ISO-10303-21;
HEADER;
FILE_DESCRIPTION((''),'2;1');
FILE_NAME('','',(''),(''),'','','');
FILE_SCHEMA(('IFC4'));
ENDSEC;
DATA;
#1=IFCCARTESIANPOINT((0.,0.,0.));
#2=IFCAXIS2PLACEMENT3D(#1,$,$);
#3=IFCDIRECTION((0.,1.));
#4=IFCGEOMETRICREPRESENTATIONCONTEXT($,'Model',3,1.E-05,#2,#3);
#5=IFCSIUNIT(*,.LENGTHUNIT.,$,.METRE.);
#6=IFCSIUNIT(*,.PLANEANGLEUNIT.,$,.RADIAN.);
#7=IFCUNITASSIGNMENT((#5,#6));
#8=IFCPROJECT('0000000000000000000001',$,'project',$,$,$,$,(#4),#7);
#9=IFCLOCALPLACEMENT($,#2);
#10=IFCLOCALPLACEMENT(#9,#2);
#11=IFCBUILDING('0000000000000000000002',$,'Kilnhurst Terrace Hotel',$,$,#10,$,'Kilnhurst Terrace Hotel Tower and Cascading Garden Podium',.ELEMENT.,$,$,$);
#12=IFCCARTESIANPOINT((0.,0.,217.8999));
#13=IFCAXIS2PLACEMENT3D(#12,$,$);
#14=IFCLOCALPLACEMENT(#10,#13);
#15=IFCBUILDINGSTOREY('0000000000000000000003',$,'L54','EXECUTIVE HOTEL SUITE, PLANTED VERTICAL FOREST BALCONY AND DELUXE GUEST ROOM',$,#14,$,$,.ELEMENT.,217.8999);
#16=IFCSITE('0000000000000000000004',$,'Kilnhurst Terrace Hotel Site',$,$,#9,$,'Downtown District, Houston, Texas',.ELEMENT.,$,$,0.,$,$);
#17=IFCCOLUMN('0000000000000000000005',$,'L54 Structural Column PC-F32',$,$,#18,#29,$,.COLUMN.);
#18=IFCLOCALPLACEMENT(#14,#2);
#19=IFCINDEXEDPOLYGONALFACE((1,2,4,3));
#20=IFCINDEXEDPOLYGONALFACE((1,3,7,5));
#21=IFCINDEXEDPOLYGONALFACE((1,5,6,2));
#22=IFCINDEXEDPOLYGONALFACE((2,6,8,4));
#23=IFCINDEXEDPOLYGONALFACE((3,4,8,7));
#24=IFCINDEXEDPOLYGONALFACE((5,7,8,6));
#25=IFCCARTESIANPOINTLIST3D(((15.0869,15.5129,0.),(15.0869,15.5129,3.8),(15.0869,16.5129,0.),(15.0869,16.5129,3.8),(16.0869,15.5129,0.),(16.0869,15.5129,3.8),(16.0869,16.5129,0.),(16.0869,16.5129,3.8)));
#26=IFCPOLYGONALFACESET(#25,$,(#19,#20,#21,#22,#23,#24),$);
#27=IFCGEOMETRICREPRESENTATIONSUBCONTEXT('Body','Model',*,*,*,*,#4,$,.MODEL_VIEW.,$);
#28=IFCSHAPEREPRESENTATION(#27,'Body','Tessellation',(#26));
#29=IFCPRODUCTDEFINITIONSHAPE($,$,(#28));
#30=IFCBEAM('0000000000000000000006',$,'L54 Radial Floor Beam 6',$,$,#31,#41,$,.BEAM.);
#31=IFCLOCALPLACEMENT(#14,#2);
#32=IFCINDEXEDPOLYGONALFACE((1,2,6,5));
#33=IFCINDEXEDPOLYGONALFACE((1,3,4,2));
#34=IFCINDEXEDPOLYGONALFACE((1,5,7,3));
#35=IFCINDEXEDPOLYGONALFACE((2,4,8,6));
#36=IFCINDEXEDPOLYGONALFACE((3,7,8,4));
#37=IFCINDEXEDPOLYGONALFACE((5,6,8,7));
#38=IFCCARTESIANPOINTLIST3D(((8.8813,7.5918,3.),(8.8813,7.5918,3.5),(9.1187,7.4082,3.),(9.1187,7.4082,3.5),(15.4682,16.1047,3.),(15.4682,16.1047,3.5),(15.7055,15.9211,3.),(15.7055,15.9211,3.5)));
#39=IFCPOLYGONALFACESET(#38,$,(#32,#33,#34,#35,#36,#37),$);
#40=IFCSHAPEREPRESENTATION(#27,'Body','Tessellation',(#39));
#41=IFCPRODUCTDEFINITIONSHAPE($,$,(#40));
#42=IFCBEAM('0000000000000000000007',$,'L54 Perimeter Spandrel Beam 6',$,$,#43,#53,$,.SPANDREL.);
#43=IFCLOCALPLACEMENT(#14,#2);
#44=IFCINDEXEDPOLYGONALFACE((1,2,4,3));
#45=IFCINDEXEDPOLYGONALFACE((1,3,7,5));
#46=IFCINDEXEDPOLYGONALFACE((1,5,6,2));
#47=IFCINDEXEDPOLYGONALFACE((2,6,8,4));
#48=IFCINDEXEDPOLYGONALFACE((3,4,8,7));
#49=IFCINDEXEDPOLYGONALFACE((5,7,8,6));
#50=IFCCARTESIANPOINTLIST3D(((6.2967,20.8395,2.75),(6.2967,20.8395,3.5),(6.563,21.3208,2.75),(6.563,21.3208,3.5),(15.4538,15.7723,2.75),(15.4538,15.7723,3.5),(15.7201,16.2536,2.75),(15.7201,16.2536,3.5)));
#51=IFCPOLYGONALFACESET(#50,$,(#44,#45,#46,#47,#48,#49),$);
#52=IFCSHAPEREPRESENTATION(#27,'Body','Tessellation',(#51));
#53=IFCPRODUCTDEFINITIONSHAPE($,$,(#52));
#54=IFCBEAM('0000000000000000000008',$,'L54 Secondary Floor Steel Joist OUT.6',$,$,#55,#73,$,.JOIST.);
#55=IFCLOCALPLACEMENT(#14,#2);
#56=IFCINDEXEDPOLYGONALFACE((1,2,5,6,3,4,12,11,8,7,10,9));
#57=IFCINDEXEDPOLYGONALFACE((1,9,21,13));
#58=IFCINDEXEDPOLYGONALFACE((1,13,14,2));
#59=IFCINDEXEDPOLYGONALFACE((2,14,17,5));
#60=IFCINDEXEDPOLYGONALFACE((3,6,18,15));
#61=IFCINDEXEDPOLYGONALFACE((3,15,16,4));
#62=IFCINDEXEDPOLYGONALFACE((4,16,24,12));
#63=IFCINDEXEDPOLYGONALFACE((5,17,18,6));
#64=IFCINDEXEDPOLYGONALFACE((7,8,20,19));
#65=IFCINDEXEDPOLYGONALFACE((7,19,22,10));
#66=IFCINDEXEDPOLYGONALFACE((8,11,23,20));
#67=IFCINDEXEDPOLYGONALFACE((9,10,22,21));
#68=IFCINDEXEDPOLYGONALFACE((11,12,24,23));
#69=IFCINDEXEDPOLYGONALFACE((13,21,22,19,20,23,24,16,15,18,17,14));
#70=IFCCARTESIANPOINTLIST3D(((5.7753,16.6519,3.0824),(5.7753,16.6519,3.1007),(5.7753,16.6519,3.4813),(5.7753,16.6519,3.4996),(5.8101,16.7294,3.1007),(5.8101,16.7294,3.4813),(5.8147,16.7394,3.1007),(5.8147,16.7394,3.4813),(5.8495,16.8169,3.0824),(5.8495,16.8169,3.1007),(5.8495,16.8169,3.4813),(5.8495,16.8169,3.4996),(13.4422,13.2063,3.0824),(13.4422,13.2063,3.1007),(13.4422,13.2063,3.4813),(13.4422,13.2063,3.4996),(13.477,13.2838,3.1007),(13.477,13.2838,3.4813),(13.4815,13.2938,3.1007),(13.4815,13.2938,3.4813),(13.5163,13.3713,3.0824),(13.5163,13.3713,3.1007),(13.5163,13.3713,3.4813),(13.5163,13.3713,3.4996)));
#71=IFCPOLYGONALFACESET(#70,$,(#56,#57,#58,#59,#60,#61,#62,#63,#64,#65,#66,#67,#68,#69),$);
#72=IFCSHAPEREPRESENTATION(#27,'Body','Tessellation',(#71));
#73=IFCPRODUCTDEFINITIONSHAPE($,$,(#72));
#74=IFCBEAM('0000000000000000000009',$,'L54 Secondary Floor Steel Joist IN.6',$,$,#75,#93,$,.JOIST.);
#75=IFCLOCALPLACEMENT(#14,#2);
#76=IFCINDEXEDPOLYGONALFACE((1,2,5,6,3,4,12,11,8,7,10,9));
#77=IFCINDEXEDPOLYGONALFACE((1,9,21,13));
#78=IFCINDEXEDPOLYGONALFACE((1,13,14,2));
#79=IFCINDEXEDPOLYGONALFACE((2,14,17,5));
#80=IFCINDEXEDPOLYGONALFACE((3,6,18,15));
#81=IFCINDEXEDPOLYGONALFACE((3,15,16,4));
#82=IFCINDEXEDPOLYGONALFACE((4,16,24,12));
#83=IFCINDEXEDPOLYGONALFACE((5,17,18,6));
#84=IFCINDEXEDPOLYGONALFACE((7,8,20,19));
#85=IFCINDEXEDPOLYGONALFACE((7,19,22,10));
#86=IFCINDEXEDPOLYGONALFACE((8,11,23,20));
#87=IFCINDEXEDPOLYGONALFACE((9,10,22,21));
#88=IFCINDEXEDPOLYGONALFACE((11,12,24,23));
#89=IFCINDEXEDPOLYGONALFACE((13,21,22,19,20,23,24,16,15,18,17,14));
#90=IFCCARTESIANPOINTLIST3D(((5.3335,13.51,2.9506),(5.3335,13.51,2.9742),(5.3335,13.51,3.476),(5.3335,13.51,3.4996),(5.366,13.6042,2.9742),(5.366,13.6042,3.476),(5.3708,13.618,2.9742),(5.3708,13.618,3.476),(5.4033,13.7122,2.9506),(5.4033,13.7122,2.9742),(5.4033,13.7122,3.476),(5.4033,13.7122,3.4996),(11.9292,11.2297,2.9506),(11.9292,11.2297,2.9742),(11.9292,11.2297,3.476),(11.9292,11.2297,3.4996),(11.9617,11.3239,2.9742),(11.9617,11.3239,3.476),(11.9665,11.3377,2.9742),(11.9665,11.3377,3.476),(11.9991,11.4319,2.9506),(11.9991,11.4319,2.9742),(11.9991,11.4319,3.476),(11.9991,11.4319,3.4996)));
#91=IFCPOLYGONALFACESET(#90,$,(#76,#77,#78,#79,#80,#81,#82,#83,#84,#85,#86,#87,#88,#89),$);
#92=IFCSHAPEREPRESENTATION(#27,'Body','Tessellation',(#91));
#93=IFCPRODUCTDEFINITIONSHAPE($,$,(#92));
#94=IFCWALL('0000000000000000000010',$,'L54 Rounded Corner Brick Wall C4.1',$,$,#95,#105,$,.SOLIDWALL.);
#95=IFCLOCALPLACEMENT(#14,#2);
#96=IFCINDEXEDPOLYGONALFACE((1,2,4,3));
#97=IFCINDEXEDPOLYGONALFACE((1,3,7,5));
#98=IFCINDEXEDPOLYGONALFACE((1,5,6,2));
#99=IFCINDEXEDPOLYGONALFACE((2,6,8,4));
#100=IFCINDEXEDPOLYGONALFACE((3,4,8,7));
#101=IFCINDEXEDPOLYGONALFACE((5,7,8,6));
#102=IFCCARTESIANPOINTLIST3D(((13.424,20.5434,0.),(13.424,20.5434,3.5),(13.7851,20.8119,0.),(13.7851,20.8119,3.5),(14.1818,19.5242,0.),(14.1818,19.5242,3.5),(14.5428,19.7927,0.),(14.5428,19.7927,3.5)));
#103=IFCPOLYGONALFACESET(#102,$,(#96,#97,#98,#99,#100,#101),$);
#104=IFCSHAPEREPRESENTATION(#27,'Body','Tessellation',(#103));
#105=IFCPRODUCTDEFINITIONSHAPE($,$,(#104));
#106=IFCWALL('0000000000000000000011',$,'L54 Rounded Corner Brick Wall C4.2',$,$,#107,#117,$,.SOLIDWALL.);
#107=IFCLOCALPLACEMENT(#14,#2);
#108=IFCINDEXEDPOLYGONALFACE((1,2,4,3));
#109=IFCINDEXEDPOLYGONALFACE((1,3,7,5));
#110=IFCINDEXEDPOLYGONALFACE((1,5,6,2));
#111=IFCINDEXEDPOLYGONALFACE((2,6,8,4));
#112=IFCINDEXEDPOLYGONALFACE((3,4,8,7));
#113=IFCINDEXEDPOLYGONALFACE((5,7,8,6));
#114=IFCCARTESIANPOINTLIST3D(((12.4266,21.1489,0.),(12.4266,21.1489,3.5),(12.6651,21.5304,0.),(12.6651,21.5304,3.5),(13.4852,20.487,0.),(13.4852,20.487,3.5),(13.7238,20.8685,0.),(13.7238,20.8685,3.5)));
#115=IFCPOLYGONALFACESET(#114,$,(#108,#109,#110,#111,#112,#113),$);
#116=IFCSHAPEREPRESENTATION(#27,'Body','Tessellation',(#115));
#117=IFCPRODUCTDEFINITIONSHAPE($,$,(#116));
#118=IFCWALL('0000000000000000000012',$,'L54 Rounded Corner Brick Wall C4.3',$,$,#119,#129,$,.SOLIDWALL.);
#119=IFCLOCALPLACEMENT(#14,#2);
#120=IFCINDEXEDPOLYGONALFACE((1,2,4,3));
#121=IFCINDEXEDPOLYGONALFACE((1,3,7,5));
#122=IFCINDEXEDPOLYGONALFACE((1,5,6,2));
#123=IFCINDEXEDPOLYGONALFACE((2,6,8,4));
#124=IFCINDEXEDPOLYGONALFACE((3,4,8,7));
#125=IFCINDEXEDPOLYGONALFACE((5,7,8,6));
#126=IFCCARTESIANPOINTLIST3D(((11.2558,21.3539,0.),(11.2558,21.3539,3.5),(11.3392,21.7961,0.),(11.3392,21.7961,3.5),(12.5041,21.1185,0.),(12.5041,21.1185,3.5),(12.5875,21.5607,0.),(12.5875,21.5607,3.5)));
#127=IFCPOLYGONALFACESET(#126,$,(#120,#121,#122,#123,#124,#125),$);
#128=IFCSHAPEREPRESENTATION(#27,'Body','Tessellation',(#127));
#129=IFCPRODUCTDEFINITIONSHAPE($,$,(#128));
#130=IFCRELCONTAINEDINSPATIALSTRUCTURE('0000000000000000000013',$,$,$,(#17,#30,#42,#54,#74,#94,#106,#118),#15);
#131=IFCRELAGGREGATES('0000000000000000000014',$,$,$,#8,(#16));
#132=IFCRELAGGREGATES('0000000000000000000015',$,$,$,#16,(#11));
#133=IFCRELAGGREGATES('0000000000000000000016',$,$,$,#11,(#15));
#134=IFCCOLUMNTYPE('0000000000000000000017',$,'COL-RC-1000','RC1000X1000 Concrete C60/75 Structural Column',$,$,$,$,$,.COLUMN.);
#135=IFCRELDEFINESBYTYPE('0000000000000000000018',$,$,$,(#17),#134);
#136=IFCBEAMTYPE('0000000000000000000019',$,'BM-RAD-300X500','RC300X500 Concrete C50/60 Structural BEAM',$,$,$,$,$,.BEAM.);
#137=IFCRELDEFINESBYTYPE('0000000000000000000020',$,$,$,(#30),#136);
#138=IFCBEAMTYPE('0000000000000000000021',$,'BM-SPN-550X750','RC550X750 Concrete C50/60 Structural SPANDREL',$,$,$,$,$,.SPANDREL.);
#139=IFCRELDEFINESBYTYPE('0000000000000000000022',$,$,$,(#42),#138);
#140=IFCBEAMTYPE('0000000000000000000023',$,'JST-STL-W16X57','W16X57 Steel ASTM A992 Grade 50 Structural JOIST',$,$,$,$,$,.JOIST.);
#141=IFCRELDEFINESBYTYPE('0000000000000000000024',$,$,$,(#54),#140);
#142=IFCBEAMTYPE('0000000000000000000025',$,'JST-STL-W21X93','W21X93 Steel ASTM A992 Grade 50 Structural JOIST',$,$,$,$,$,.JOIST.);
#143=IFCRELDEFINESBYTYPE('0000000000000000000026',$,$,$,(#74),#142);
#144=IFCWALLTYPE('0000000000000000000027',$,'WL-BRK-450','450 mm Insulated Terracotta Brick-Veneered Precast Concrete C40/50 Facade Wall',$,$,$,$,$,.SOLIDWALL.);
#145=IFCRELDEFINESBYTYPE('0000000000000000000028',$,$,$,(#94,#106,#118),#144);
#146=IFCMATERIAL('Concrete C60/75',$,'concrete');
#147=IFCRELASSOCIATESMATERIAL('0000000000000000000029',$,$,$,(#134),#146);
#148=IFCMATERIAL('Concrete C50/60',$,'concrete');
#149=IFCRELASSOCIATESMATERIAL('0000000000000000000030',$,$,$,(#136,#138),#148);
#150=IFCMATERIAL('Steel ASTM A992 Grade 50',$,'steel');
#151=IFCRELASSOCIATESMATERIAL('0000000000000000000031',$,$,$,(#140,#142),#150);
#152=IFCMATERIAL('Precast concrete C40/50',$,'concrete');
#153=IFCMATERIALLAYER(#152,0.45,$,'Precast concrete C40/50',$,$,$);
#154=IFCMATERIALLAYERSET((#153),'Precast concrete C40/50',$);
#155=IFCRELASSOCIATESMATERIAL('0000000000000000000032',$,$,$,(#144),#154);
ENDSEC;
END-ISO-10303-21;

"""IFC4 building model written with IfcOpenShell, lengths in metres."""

from ifc_helpers import new_model, si_unit, direction, frame, frame_2d, origin, origin_2d, place, context, subcontext, project, spatial, rectangle, i_section, extrude, material, layer, layer_set, material_profile, profile_set, type_object, element, save


model = new_model("IFC4")

# Units and contexts
model_context = context("Model", 3, precision=1e-05, world=origin(), true_north=direction((0.0, 1.0)))
body_context = subcontext(model_context, "Body", "Model", "MODEL_VIEW")
ifc_project = project(units=[si_unit("LENGTHUNIT", "METRE"), si_unit("PLANEANGLEUNIT", "RADIAN")], contexts=[model_context])

# Site, building, storey
site_placement = place(None, origin())
site = spatial("IfcSite", under=ifc_project, at=site_placement, Name="Kilnhurst Terrace Hotel Site", LongName="Downtown District, Houston, Texas", CompositionType="ELEMENT", RefElevation=0.0)
building_placement = place(site_placement, origin())
building = spatial("IfcBuilding", under=site, at=building_placement, Name="Kilnhurst Terrace Hotel", LongName="Kilnhurst Terrace Hotel Tower and Cascading Garden Podium", CompositionType="ELEMENT")
storey_placement = place(building_placement, frame((0.0, 0.0, 217.8999)))
storey = spatial("IfcBuildingStorey", under=building, at=storey_placement, Name="L54", Description="EXECUTIVE HOTEL SUITE, PLANTED VERTICAL FOREST BALCONY AND DELUXE GUEST ROOM", CompositionType="ELEMENT", Elevation=217.8999)

# Column
ifc_material_1 = material(Name="Concrete C60/75", Category="concrete")
ifc_material_profile_1 = material_profile(ifc_material_1, rectangle(XDim=1.0, YDim=1.0, at=origin_2d()), Name="RC1000X1000")
ifc_profile_set_1 = profile_set([ifc_material_profile_1], Name="Concrete C60/75")
column_type = type_object("IfcColumnType", Name="COL-RC-1000", Description="RC1000X1000 Concrete C60/75 Structural Column", PredefinedType="COLUMN", material=ifc_profile_set_1)
column_placement = place(storey_placement, frame((15.5869, 16.0129, 0.0), z_axis=(0.0, 0.0, 1.0), x_axis=(1.0, 0.0, 0.0)))
element("IfcColumn", 1, at=column_placement, inside=storey, type_object=column_type, Name="L54 Structural Column PC-F32", PredefinedType="COLUMN", context=body_context, shape_type="SweptSolid", body=[
    extrude(rectangle(XDim=1.0, YDim=1.0, at=origin_2d()), origin(), (0.0, 0.0, 1.0), 3.8),
])

# Beams
ifc_material_2 = material(Name="Concrete C50/60", Category="concrete")
ifc_material_profile_2 = material_profile(ifc_material_2, rectangle(XDim=0.3, YDim=0.5, at=origin_2d()), Name="RC300X500")
ifc_profile_set_2 = profile_set([ifc_material_profile_2], Name="Concrete C50/60")
beam_type_1 = type_object("IfcBeamType", Name="BM-RAD-300X500", Description="RC300X500 Concrete C50/60 Structural BEAM", PredefinedType="BEAM", material=ifc_profile_set_2)
beam_1_placement = place(storey_placement, frame((9.0, 7.5, 3.25), z_axis=(0.611955, 0.790892, 0.0), x_axis=(-0.790892, 0.611955, 0.0)))
element("IfcBeam", 2, at=beam_1_placement, inside=storey, type_object=beam_type_1, Name="L54 Radial Floor Beam 6", PredefinedType="BEAM", context=body_context, shape_type="SweptSolid", body=[
    extrude(rectangle(XDim=0.3, YDim=0.5, at=origin_2d()), origin(), (0.0, 0.0, 1.0), 10.7637),
])
ifc_material_profile_3 = material_profile(ifc_material_2, rectangle(XDim=0.55, YDim=0.75, at=origin_2d()), Name="RC550X750")
ifc_profile_set_3 = profile_set([ifc_material_profile_3], Name="Concrete C50/60")
beam_type_2 = type_object("IfcBeamType", Name="BM-SPN-550X750", Description="RC550X750 Concrete C50/60 Structural SPANDREL", PredefinedType="SPANDREL", material=ifc_profile_set_3)
beam_2_placement = place(storey_placement, frame((15.5869, 16.0129, 3.125), z_axis=(-0.87497, 0.484177, 0.0), x_axis=(-0.484177, -0.87497, 0.0)))
element("IfcBeam", 3, at=beam_2_placement, inside=storey, type_object=beam_type_2, Name="L54 Perimeter Spandrel Beam 6", PredefinedType="SPANDREL", context=body_context, shape_type="SweptSolid", body=[
    extrude(rectangle(XDim=0.55, YDim=0.75, at=origin_2d()), origin(), (0.0, 0.0, 1.0), 10.4656),
])
ifc_material_3 = material(Name="Steel ASTM A992 Grade 50", Category="steel")
ifc_material_profile_4 = material_profile(ifc_material_3, i_section(OverallWidth=0.1809, OverallDepth=0.4172, WebThickness=0.011, FlangeThickness=0.0183, at=origin_2d()), Name="W16X57")
ifc_profile_set_4 = profile_set([ifc_material_profile_4], Name="Steel ASTM A992 Grade 50")
beam_type_3 = type_object("IfcBeamType", Name="JST-STL-W16X57", Description="W16X57 Steel ASTM A992 Grade 50 Structural JOIST", PredefinedType="JOIST", material=ifc_profile_set_4)
beam_3_placement = place(storey_placement, frame((13.4792, 13.2888, 3.291), z_axis=(-0.912121, 0.409921, 0.0), x_axis=(-0.409921, -0.912121, 0.0)))
element("IfcBeam", 4, at=beam_3_placement, inside=storey, type_object=beam_type_3, Name="L54 Secondary Floor Steel Joist OUT.6", PredefinedType="JOIST", context=body_context, shape_type="SweptSolid", body=[
    extrude(i_section(OverallWidth=0.1809, OverallDepth=0.4172, WebThickness=0.011, FlangeThickness=0.0183, at=origin_2d()), origin(), (0.0, 0.0, 1.0), 8.4055),
])
ifc_material_profile_5 = material_profile(ifc_material_3, i_section(OverallWidth=0.2139, OverallDepth=0.5491, WebThickness=0.0146, FlangeThickness=0.0237, at=origin_2d()), Name="W21X93")
ifc_profile_set_5 = profile_set([ifc_material_profile_5], Name="Steel ASTM A992 Grade 50")
beam_type_4 = type_object("IfcBeamType", Name="JST-STL-W21X93", Description="W21X93 Steel ASTM A992 Grade 50 Structural JOIST", PredefinedType="JOIST", material=ifc_profile_set_5)
beam_4_placement = place(storey_placement, frame((11.9641, 11.3308, 3.2251), z_axis=(-0.945112, 0.326745, 0.0), x_axis=(-0.326745, -0.945112, 0.0)))
element("IfcBeam", 5, at=beam_4_placement, inside=storey, type_object=beam_type_4, Name="L54 Secondary Floor Steel Joist IN.6", PredefinedType="JOIST", context=body_context, shape_type="SweptSolid", body=[
    extrude(i_section(OverallWidth=0.2139, OverallDepth=0.5491, WebThickness=0.0146, FlangeThickness=0.0237, at=origin_2d()), origin(), (0.0, 0.0, 1.0), 6.9788),
])

# Walls
ifc_material_4 = material(Name="Precast concrete C40/50", Category="concrete")
ifc_layer_1 = layer(ifc_material_4, 0.45, Name="Precast concrete C40/50")
ifc_layer_set_1 = layer_set([ifc_layer_1], Name="Precast concrete C40/50")
wall_type_1 = type_object("IfcWallType", Name="WL-BRK-450", Description="450 mm Insulated Terracotta Brick-Veneered Precast Concrete C40/50 Facade Wall", PredefinedType="SOLIDWALL", material=ifc_layer_set_1)
wall_1_placement = place(storey_placement, frame((14.3623, 19.6584, 0.0), z_axis=(0.0, 0.0, 1.0), x_axis=(-0.596642, 0.802507, 0.0)))
element("IfcWall", 6, at=wall_1_placement, inside=storey, type_object=wall_type_1, Name="L54 Rounded Corner Brick Wall C4.1", PredefinedType="SOLIDWALL", context=body_context, shape_type="SweptSolid", body=[
    extrude(rectangle(XDim=1.27, YDim=0.45, at=frame_2d((0.635, 0.0))), origin(), (0.0, 0.0, 1.0), 3.5),
])
wall_2_placement = place(storey_placement, frame((13.6045, 20.6777, 0.0), z_axis=(0.0, 0.0, 1.0), x_axis=(-0.84791, 0.53014, 0.0)))
element("IfcWall", 7, at=wall_2_placement, inside=storey, type_object=wall_type_1, Name="L54 Rounded Corner Brick Wall C4.2", PredefinedType="SOLIDWALL", context=body_context, shape_type="SweptSolid", body=[
    extrude(rectangle(XDim=1.2485, YDim=0.45, at=frame_2d((0.6243, 0.0))), origin(), (0.0, 0.0, 1.0), 3.5),
])
wall_3_placement = place(storey_placement, frame((12.5459, 21.3396, 0.0), z_axis=(0.0, 0.0, 1.0), x_axis=(-0.982687, 0.185275, 0.0)))
element("IfcWall", 8, at=wall_3_placement, inside=storey, type_object=wall_type_1, Name="L54 Rounded Corner Brick Wall C4.3", PredefinedType="SOLIDWALL", context=body_context, shape_type="SweptSolid", body=[
    extrude(rectangle(XDim=1.2703, YDim=0.45, at=frame_2d((0.6353, 0.0))), origin(), (0.0, 0.0, 1.0), 3.5),
])

save(model, "model.ifc")
